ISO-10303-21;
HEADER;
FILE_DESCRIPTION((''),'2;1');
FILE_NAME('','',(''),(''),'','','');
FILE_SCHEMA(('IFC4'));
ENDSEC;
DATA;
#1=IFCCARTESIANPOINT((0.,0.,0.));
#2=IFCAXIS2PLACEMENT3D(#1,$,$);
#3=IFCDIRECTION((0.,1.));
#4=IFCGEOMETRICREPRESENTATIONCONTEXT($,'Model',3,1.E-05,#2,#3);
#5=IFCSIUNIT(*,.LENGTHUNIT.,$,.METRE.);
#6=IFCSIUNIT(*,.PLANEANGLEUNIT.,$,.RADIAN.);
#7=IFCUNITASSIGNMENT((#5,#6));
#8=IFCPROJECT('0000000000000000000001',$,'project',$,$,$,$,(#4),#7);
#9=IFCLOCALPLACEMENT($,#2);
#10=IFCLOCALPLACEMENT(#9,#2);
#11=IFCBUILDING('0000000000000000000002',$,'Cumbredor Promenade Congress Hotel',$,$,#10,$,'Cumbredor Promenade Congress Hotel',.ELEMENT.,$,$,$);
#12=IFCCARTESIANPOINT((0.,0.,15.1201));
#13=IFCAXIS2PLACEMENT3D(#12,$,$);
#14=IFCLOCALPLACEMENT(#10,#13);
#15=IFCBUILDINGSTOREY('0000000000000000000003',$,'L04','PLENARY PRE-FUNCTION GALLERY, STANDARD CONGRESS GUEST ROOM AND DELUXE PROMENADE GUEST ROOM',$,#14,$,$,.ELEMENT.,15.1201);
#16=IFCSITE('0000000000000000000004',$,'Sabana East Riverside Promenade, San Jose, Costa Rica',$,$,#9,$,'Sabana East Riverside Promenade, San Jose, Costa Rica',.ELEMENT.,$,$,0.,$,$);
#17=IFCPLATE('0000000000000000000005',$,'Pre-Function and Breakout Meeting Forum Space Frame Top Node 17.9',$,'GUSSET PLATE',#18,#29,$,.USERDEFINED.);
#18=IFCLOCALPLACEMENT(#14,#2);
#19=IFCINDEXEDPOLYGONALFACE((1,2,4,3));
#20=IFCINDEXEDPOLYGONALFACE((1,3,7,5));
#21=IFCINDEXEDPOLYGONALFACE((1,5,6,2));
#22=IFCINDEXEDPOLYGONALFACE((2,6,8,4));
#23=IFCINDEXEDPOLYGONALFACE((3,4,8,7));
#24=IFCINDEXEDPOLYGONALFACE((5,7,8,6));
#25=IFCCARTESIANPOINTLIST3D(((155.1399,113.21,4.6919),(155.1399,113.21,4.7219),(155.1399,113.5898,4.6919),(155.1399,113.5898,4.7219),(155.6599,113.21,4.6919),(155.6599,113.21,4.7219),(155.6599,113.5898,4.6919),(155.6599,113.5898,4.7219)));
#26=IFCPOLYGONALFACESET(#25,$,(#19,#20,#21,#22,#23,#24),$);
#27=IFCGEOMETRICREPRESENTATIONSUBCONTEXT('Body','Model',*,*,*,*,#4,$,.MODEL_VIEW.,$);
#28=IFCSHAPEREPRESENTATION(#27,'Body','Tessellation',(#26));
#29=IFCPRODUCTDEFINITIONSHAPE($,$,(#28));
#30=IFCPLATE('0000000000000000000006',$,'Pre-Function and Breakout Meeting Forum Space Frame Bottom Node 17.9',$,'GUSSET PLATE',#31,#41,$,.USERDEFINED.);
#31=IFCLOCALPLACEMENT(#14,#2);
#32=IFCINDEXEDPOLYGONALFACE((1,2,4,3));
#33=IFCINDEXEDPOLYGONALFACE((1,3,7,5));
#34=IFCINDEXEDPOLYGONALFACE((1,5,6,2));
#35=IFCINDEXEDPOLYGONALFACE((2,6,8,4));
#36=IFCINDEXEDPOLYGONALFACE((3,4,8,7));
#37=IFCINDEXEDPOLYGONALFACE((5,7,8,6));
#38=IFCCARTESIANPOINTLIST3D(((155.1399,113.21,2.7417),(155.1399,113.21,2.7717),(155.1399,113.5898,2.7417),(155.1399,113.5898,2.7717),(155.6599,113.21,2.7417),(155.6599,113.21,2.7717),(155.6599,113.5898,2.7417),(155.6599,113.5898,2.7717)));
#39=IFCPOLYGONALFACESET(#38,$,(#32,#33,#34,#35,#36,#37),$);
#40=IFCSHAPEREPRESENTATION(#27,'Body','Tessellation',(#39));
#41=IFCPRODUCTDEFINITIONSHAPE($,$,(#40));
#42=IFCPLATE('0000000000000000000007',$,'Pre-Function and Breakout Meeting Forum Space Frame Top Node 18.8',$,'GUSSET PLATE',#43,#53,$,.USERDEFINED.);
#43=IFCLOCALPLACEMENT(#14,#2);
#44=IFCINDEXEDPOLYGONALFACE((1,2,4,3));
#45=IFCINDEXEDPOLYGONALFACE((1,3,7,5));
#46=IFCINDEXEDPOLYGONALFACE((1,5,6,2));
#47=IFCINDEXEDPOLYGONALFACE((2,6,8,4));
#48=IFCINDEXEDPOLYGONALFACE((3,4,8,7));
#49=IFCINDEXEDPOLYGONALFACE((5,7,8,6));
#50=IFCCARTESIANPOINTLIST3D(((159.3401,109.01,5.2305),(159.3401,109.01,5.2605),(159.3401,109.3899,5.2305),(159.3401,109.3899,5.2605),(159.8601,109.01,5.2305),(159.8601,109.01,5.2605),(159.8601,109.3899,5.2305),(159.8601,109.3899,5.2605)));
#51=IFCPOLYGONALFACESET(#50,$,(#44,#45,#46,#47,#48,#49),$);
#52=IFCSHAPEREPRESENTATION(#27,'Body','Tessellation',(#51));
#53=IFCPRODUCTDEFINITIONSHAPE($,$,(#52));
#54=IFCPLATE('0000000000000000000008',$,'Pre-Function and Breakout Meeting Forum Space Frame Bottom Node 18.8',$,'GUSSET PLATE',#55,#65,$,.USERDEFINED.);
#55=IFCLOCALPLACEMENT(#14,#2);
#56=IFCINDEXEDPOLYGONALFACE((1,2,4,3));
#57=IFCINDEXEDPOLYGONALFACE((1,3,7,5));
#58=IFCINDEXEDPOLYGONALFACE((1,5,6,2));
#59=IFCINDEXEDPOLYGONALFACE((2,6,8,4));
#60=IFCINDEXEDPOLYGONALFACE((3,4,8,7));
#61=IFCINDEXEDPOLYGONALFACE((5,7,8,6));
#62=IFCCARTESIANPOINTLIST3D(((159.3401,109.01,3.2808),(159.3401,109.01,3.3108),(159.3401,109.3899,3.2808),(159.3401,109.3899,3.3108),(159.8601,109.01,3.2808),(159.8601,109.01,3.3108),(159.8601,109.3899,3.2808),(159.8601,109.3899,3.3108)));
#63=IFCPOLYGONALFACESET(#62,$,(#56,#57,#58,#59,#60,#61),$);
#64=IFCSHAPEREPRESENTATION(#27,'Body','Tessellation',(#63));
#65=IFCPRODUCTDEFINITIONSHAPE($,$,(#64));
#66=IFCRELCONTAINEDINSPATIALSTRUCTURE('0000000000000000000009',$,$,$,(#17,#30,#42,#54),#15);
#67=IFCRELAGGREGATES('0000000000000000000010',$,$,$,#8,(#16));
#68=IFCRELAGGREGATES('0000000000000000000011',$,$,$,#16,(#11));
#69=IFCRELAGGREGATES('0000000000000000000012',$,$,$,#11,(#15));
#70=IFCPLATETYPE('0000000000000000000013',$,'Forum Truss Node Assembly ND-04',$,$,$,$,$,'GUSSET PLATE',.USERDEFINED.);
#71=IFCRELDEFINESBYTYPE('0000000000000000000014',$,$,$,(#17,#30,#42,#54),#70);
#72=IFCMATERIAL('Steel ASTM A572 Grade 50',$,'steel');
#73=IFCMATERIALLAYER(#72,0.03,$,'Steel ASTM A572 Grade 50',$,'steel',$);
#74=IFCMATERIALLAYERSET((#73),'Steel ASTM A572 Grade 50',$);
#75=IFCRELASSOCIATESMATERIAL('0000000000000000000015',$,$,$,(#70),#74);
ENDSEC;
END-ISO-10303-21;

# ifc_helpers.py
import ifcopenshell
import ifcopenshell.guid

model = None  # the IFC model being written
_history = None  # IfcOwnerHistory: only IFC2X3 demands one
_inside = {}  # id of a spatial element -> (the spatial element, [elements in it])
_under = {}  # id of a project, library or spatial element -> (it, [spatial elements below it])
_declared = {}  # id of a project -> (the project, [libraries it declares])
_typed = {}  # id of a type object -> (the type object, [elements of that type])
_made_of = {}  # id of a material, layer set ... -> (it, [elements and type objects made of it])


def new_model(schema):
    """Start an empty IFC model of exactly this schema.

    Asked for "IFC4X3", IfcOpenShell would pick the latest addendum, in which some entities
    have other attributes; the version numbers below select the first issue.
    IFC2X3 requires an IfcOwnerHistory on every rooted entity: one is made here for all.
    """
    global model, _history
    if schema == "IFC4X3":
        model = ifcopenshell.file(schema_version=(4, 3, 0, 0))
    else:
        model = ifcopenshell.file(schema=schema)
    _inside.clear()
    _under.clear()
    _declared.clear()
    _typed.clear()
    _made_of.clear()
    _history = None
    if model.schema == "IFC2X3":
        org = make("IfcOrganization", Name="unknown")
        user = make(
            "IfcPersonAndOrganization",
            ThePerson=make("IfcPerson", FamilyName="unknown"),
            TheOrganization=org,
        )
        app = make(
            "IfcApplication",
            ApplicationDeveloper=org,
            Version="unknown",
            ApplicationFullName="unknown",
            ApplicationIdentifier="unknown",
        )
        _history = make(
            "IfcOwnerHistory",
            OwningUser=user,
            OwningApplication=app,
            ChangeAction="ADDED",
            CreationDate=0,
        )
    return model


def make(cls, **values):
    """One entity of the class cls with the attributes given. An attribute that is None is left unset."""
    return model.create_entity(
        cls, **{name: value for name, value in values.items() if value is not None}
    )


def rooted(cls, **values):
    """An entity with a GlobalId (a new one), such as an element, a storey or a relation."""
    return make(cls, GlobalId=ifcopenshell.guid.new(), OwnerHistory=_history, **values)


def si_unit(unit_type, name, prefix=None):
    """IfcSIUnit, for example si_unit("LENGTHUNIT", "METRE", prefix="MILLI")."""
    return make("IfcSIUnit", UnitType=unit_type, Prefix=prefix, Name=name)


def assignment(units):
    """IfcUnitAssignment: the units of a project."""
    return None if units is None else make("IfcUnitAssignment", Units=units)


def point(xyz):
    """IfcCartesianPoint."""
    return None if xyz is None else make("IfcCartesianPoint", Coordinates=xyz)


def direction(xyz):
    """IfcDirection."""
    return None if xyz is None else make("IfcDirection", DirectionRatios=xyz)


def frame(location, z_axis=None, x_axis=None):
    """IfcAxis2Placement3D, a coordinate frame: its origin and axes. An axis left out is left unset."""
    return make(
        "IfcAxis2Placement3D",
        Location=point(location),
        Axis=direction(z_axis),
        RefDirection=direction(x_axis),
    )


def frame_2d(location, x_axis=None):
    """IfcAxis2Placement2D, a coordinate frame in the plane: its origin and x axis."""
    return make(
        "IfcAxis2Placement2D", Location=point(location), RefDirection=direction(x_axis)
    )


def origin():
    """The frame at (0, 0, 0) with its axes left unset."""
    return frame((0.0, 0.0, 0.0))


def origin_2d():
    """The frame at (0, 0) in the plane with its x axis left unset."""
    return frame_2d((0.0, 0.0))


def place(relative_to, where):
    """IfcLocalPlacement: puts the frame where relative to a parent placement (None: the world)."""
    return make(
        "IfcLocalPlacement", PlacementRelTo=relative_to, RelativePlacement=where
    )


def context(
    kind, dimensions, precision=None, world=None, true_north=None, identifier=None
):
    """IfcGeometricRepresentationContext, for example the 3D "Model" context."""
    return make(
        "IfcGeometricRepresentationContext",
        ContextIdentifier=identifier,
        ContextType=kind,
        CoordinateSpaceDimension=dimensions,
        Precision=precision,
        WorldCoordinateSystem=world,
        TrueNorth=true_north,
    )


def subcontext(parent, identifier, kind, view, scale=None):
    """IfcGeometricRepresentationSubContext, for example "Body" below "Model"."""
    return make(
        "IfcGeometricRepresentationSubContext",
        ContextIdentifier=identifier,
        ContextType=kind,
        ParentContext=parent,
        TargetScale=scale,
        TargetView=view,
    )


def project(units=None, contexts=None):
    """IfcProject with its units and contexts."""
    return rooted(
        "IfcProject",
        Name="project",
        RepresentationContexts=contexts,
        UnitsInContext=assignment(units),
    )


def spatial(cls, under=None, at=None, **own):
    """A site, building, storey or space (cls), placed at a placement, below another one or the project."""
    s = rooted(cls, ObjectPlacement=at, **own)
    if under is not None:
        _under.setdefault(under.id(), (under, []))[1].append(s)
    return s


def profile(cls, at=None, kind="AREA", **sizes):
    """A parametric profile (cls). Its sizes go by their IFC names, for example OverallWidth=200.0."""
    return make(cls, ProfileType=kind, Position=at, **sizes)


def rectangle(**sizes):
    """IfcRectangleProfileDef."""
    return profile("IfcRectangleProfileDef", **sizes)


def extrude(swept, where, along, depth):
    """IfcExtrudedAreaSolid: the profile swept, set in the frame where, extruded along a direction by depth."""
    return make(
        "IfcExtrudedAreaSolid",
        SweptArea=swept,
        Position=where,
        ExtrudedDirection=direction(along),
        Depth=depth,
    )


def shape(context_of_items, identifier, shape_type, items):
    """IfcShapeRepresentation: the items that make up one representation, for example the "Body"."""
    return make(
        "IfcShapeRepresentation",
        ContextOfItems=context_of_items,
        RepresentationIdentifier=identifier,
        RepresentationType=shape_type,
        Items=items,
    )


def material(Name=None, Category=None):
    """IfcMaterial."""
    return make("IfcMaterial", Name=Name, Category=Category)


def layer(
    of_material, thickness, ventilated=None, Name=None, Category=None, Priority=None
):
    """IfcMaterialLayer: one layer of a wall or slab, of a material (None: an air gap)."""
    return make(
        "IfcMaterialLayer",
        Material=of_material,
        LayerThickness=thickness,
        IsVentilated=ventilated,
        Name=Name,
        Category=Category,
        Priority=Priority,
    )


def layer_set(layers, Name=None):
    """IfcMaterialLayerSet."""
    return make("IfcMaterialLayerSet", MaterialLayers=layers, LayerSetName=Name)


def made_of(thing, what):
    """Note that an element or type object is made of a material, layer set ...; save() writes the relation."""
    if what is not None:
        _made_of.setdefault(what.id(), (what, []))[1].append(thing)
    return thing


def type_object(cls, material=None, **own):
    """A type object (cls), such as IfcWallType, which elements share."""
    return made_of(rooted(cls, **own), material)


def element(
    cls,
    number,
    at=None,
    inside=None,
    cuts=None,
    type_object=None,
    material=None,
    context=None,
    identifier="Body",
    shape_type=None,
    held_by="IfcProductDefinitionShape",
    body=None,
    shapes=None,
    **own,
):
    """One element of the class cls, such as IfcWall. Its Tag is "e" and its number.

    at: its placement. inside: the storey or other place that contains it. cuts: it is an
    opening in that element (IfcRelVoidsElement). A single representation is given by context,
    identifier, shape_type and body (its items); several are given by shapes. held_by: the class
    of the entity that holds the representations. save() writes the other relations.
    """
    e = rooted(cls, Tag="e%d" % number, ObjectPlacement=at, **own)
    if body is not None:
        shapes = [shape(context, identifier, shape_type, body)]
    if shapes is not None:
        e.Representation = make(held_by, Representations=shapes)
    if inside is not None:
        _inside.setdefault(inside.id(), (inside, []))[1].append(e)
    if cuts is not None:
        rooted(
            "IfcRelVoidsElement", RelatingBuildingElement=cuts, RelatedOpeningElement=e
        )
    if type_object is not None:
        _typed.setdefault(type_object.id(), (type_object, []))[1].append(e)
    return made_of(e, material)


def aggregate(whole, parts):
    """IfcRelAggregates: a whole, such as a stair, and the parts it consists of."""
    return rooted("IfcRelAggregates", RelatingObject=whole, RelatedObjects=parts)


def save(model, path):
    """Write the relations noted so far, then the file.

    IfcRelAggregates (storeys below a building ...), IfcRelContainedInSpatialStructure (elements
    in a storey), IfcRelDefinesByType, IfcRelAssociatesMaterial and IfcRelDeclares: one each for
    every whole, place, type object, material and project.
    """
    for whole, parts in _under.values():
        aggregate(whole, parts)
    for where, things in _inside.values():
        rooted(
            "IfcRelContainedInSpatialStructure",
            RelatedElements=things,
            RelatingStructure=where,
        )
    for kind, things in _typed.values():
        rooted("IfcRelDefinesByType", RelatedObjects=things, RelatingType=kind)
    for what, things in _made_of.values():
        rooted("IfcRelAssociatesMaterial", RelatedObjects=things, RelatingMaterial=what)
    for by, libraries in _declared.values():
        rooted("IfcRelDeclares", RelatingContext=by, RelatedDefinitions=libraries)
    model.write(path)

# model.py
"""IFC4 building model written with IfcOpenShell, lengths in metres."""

from ifc_helpers import new_model, si_unit, direction, frame, origin, origin_2d, place, context, subcontext, project, spatial, rectangle, extrude, material, layer, layer_set, type_object, element, save


model = new_model("IFC4")

# Units and contexts
model_context = context("Model", 3, precision=1e-05, world=origin(), true_north=direction((0.0, 1.0)))
body_context = subcontext(model_context, "Body", "Model", "MODEL_VIEW")
ifc_project = project(units=[si_unit("LENGTHUNIT", "METRE"), si_unit("PLANEANGLEUNIT", "RADIAN")], contexts=[model_context])

# Site, building, storey
site_placement = place(None, origin())
site = spatial("IfcSite", under=ifc_project, at=site_placement, Name="Sabana East Riverside Promenade, San Jose, Costa Rica", LongName="Sabana East Riverside Promenade, San Jose, Costa Rica", CompositionType="ELEMENT", RefElevation=0.0)
building_placement = place(site_placement, origin())
building = spatial("IfcBuilding", under=site, at=building_placement, Name="Cumbredor Promenade Congress Hotel", LongName="Cumbredor Promenade Congress Hotel", CompositionType="ELEMENT")
storey_placement = place(building_placement, frame((0.0, 0.0, 15.1201)))
storey = spatial("IfcBuildingStorey", under=building, at=storey_placement, Name="L04", Description="PLENARY PRE-FUNCTION GALLERY, STANDARD CONGRESS GUEST ROOM AND DELUXE PROMENADE GUEST ROOM", CompositionType="ELEMENT", Elevation=15.1201)

# Plates
ifc_material_1 = material(Name="Steel ASTM A572 Grade 50", Category="steel")
ifc_layer = layer(ifc_material_1, 0.03, Name="Steel ASTM A572 Grade 50", Category="steel")
ifc_layer_set = layer_set([ifc_layer], Name="Steel ASTM A572 Grade 50")
plate_type = type_object("IfcPlateType", Name="Forum Truss Node Assembly ND-04", ElementType="GUSSET PLATE", PredefinedType="USERDEFINED", material=ifc_layer_set)
for number, where, z_axis, x_axis, name in (
    (1, (155.3999, 113.3999, 4.6919), (0.0, 0.0, 1.0), (1.0, 0.0, 0.0), "Pre-Function and Breakout Meeting Forum Space Frame Top Node 17.9"),
    (2, (155.3999, 113.3999, 2.7417), (0.0, 0.0, 1.0), (1.0, 0.0, 0.0), "Pre-Function and Breakout Meeting Forum Space Frame Bottom Node 17.9"),
    (3, (159.6001, 109.2, 5.2305), (0.0, 0.0, 1.0), (1.0, 0.0, 0.0), "Pre-Function and Breakout Meeting Forum Space Frame Top Node 18.8"),
    (4, (159.6001, 109.2, 3.2808), (0.0, 0.0, 1.0), (1.0, 0.0, 0.0), "Pre-Function and Breakout Meeting Forum Space Frame Bottom Node 18.8"),
):
    element("IfcPlate", number, at=place(storey_placement, frame(where, z_axis=z_axis, x_axis=x_axis)), inside=storey, type_object=plate_type, Name=name, ObjectType="GUSSET PLATE", PredefinedType="USERDEFINED", context=body_context, shape_type="SweptSolid", body=[
        extrude(rectangle(XDim=0.52, YDim=0.3799, at=origin_2d()), origin(), (0.0, 0.0, 1.0), 0.03),
    ])

save(model, "model.ifc")
